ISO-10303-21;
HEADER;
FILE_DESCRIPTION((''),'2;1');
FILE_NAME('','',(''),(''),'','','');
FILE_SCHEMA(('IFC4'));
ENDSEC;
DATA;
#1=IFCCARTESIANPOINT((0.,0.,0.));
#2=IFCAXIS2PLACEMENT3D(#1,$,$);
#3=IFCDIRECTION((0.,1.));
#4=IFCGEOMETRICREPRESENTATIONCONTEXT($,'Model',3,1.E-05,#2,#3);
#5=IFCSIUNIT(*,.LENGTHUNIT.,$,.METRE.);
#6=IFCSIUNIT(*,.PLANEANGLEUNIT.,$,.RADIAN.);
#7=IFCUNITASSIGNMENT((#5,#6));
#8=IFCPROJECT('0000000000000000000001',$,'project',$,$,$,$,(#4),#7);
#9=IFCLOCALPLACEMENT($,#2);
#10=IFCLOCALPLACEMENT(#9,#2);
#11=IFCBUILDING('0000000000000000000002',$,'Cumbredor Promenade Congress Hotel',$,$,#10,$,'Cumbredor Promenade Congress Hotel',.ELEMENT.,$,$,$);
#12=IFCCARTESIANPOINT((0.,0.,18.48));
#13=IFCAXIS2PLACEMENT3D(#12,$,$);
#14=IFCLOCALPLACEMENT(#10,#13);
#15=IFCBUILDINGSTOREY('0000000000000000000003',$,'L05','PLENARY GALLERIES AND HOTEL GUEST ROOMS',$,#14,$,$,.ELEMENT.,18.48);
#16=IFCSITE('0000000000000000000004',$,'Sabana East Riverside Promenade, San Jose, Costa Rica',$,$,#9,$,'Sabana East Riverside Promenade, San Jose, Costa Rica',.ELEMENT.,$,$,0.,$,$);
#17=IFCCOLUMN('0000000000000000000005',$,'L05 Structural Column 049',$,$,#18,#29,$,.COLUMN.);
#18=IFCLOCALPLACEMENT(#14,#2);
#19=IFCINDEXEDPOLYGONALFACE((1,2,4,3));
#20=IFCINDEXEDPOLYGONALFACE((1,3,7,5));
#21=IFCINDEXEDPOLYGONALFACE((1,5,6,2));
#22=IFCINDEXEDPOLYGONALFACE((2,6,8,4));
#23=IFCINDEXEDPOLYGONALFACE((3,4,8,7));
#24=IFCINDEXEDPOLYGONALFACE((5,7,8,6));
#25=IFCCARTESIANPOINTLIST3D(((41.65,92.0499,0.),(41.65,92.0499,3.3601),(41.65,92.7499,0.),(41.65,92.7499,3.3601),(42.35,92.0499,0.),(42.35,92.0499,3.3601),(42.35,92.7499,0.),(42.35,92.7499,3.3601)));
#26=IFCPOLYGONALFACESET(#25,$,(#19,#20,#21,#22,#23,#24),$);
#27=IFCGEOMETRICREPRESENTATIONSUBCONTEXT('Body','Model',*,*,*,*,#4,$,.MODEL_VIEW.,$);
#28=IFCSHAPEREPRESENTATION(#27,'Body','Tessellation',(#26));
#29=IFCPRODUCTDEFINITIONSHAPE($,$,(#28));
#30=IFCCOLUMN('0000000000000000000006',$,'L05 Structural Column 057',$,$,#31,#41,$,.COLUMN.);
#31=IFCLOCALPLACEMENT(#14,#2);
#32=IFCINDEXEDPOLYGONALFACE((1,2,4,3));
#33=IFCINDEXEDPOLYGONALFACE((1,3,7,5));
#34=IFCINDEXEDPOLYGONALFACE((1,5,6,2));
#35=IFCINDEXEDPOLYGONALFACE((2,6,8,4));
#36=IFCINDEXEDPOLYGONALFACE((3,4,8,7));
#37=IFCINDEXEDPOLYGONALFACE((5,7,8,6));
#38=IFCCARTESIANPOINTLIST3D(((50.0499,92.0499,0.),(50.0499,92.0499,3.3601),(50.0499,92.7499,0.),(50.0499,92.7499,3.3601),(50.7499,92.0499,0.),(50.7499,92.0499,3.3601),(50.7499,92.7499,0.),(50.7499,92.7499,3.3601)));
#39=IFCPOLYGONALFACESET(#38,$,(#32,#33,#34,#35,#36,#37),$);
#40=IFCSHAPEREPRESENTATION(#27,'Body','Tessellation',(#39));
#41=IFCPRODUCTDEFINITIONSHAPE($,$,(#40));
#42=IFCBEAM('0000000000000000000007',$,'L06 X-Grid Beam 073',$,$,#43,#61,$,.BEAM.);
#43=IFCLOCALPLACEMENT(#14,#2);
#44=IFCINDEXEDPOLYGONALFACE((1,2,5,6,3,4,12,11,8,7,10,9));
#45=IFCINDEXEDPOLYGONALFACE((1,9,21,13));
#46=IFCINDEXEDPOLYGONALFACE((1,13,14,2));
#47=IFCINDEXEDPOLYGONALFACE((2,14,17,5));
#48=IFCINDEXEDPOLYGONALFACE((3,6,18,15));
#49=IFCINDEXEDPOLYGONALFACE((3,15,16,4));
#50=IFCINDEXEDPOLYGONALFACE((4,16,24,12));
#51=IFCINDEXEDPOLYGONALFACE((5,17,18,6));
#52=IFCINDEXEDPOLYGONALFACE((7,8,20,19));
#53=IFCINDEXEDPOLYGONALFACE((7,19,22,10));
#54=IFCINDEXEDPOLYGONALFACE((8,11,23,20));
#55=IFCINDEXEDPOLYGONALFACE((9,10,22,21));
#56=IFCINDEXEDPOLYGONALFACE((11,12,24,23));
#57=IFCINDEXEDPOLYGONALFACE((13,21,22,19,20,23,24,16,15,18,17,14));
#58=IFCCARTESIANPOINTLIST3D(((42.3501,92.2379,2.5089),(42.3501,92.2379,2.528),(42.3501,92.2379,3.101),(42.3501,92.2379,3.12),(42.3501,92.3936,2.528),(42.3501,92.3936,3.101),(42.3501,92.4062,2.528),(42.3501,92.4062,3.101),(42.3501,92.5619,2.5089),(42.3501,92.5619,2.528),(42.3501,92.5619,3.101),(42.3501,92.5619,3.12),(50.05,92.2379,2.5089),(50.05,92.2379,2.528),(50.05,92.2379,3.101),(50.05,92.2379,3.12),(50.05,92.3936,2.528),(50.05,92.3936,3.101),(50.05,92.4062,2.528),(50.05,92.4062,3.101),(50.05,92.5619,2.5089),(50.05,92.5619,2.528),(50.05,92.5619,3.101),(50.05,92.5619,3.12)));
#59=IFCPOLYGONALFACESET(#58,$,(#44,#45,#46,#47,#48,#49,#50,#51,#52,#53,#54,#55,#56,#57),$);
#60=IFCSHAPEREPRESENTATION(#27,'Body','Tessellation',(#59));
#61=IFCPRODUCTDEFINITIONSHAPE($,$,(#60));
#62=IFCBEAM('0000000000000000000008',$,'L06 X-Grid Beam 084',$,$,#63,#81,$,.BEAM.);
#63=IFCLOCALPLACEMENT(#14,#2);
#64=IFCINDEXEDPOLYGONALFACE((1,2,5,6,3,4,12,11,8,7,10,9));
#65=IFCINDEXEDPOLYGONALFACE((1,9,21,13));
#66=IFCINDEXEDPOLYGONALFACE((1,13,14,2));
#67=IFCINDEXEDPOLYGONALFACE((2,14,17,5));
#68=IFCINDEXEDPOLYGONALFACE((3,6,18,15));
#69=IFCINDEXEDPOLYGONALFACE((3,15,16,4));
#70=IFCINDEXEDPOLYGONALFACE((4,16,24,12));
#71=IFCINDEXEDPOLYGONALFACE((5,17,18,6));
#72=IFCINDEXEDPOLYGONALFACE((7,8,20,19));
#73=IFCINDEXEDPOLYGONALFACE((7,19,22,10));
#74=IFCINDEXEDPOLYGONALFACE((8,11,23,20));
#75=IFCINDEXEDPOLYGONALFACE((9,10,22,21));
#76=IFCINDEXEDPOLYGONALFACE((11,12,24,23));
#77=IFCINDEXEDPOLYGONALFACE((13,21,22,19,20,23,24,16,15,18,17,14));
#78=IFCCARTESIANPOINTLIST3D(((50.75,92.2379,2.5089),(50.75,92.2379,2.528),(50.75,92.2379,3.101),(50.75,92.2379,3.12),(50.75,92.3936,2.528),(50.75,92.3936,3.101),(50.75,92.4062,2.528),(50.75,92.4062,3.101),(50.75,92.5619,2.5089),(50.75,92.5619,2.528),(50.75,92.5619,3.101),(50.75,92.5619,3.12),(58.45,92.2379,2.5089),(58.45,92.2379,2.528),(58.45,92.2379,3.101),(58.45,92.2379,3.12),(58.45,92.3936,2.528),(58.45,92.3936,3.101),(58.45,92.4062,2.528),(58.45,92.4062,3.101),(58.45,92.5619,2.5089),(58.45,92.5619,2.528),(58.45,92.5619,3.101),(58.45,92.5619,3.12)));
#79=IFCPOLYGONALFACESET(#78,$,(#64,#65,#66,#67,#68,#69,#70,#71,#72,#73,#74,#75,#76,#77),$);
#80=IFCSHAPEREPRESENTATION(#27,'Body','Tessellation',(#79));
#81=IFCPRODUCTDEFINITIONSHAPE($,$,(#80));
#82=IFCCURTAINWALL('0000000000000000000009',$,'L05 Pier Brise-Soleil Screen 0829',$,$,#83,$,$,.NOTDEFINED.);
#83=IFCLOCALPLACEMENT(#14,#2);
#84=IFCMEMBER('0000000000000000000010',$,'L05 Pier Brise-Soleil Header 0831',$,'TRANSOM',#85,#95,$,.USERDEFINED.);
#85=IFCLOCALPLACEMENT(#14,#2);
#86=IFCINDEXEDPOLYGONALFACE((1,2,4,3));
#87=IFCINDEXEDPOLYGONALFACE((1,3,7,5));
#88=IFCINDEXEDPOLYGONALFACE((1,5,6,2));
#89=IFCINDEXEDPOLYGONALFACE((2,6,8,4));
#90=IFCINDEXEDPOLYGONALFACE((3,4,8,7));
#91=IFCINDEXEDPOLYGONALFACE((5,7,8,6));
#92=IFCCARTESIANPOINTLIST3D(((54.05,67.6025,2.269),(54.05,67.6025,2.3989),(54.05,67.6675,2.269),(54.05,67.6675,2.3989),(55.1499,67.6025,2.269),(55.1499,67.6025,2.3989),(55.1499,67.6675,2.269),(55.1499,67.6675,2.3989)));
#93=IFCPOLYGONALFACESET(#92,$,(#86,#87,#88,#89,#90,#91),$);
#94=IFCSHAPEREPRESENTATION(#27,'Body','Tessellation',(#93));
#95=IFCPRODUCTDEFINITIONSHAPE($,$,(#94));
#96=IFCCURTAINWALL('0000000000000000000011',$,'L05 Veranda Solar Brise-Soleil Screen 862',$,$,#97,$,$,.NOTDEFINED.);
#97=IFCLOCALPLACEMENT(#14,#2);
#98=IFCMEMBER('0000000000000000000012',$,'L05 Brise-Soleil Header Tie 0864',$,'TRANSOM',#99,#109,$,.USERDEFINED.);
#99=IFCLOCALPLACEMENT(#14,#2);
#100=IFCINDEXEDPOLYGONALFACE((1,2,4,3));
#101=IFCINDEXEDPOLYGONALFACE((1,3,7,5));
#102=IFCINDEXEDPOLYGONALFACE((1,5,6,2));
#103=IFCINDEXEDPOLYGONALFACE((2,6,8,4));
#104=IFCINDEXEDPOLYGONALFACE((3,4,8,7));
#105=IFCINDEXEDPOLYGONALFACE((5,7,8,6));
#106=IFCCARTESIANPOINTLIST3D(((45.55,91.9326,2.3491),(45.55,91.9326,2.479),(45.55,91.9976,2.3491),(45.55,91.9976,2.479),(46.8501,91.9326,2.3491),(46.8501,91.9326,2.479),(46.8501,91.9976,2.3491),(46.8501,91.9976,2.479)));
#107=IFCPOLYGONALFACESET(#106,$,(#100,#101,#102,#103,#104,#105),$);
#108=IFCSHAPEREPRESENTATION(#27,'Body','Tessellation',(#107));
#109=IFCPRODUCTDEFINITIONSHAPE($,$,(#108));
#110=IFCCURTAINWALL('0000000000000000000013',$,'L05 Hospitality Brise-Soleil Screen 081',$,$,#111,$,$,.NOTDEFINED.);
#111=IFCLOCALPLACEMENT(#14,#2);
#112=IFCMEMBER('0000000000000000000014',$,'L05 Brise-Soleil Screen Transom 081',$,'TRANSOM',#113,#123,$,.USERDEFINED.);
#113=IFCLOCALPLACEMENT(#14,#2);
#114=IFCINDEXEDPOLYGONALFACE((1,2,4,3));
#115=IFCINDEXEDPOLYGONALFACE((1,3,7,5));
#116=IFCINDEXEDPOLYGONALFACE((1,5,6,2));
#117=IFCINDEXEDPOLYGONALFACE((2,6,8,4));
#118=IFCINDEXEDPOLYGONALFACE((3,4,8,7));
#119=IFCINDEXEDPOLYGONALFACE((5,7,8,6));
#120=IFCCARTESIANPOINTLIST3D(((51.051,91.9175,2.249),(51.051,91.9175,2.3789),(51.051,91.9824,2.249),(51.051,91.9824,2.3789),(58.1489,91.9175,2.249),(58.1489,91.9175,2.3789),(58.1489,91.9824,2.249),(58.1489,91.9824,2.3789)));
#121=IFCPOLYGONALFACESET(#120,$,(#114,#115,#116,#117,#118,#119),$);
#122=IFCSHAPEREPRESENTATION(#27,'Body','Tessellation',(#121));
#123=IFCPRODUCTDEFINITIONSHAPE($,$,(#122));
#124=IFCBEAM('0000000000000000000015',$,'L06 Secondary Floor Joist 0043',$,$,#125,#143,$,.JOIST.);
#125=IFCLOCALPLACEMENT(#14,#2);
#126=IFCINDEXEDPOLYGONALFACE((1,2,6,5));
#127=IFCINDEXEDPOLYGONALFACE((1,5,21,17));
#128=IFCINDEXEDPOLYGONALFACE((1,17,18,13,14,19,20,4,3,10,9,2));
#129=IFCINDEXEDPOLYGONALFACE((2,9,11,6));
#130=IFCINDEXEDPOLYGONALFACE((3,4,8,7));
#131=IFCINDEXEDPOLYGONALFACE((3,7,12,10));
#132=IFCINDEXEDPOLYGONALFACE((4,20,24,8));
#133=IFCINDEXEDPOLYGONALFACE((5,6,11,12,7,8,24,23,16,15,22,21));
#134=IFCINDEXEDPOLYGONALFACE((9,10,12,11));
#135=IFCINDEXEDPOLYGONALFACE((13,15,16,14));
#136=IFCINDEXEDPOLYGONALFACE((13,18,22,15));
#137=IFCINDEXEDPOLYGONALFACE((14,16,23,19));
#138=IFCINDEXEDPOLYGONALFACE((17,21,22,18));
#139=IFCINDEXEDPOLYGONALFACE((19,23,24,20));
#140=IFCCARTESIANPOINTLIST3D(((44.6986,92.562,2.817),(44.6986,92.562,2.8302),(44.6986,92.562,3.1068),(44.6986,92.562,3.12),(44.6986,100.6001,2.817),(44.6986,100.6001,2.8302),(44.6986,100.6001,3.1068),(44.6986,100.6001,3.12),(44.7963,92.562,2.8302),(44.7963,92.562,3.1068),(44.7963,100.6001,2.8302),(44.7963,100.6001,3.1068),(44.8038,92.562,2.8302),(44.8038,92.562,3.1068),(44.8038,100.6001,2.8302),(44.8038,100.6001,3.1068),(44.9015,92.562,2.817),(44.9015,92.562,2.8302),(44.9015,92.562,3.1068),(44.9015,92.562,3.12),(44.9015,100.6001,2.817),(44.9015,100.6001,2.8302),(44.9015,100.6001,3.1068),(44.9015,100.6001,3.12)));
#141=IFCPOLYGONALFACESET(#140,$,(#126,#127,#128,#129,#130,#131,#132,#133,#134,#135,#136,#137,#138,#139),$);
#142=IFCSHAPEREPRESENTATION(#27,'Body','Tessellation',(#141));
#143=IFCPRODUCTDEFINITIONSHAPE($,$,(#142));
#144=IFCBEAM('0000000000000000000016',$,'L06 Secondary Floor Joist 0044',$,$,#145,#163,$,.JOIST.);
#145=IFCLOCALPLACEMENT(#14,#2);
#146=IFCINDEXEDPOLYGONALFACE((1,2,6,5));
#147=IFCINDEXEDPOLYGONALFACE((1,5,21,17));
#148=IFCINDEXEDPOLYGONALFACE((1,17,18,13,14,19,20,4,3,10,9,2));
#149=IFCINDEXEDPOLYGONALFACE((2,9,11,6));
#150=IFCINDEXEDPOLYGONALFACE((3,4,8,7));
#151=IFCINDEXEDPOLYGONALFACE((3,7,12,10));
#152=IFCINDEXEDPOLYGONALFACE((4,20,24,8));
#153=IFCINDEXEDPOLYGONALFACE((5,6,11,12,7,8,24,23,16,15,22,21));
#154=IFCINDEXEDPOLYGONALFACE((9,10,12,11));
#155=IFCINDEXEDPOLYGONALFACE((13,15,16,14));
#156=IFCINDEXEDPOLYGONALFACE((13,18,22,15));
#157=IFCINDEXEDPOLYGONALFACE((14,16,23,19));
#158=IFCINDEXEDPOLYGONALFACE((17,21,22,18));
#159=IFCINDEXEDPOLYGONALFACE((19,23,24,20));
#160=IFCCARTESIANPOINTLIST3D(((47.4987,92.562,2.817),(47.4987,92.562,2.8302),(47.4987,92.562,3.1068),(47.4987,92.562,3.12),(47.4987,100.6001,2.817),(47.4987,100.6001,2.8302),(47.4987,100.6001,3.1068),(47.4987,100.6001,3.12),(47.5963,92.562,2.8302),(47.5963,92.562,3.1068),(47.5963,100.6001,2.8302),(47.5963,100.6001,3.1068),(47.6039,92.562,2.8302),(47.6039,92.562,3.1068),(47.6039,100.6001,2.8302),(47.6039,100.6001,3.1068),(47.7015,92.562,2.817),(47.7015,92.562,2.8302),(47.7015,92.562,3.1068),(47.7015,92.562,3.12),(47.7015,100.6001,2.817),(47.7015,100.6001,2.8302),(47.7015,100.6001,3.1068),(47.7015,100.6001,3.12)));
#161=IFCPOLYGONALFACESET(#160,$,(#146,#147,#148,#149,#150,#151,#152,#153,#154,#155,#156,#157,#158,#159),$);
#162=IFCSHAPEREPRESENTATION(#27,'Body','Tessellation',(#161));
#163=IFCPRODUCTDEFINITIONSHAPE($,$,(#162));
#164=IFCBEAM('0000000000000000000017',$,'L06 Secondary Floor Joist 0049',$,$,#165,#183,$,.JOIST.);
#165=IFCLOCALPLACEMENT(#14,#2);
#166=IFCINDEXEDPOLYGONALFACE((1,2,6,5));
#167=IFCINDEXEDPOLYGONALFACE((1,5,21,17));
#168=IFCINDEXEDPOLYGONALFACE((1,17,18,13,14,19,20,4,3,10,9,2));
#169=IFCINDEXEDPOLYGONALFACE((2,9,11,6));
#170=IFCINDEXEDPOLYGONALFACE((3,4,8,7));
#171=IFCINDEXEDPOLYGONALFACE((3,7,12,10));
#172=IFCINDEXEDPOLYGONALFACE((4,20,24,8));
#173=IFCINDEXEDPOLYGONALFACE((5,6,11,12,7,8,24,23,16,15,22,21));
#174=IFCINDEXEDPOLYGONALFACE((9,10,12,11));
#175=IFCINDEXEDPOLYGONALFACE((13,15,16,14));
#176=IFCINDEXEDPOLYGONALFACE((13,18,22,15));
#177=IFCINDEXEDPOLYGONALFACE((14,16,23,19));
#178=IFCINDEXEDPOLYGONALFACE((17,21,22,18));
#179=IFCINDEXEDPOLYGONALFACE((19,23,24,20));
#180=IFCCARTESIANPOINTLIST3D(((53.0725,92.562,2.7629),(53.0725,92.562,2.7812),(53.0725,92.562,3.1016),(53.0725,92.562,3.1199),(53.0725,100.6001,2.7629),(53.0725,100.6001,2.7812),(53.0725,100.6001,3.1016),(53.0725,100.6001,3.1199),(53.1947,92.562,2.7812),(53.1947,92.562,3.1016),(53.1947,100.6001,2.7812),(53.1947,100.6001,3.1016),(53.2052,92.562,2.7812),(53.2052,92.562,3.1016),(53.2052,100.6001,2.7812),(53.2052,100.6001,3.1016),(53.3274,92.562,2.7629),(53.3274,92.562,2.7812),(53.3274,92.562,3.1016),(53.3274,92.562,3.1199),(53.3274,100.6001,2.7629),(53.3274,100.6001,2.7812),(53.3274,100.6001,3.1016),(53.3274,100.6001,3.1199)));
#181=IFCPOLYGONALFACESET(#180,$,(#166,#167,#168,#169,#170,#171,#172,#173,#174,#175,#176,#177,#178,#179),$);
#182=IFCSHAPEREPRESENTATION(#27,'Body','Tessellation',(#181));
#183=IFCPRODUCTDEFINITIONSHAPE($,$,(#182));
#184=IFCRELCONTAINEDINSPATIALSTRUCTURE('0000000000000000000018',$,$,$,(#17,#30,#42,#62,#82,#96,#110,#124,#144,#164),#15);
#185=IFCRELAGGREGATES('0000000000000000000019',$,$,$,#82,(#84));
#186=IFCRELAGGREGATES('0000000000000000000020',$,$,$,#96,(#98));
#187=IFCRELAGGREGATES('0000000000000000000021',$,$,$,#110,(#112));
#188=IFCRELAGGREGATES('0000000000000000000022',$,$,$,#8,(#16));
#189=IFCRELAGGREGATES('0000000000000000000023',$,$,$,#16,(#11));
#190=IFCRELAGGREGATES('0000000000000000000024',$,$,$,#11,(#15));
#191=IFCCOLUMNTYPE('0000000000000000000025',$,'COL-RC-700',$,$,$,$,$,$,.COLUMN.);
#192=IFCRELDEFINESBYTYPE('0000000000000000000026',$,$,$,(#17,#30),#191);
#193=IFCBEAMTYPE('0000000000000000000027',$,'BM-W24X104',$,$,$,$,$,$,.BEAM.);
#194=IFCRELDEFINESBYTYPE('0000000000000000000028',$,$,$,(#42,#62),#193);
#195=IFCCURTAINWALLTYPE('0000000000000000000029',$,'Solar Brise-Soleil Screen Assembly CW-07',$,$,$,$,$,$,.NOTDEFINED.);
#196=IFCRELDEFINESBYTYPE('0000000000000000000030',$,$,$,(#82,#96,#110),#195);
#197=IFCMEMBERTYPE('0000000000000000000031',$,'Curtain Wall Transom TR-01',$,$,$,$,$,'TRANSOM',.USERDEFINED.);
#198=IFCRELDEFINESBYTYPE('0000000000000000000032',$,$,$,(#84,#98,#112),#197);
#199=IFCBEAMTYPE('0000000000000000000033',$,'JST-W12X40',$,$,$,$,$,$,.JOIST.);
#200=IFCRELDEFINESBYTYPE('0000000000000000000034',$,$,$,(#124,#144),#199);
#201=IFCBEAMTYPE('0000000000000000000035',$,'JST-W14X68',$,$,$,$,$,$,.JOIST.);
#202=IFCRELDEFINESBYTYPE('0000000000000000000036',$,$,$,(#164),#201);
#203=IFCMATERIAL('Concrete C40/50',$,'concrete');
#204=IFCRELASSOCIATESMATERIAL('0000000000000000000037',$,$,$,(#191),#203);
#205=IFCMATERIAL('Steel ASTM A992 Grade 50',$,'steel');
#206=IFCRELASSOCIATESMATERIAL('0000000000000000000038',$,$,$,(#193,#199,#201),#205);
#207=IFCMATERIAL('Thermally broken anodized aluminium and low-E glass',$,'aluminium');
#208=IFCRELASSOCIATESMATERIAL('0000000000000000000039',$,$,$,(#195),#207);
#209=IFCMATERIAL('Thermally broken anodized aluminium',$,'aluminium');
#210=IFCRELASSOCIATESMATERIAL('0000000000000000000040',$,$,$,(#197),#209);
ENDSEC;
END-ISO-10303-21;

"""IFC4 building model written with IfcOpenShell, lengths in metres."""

from ifc_helpers import new_model, si_unit, direction, frame, origin, origin_2d, place, context, subcontext, project, spatial, rectangle, i_section, extrude, material, material_profile, profile_set, type_object, element, aggregate, save


model = new_model("IFC4")

# Units and contexts
model_context = context("Model", 3, precision=1e-05, world=origin(), true_north=direction((0.0, 1.0)))
body_context = subcontext(model_context, "Body", "Model", "MODEL_VIEW")
ifc_project = project(units=[si_unit("LENGTHUNIT", "METRE"), si_unit("PLANEANGLEUNIT", "RADIAN")], contexts=[model_context])

# Site, building, storey
site_placement = place(None, origin())
site = spatial("IfcSite", under=ifc_project, at=site_placement, Name="Sabana East Riverside Promenade, San Jose, Costa Rica", LongName="Sabana East Riverside Promenade, San Jose, Costa Rica", CompositionType="ELEMENT", RefElevation=0.0)
building_placement = place(site_placement, origin())
building = spatial("IfcBuilding", under=site, at=building_placement, Name="Cumbredor Promenade Congress Hotel", LongName="Cumbredor Promenade Congress Hotel", CompositionType="ELEMENT")
storey_placement = place(building_placement, frame((0.0, 0.0, 18.48)))
storey = spatial("IfcBuildingStorey", under=building, at=storey_placement, Name="L05", Description="PLENARY GALLERIES AND HOTEL GUEST ROOMS", CompositionType="ELEMENT", Elevation=18.48)

# Columns
ifc_material_1 = material(Name="Concrete C40/50", Category="concrete")
ifc_material_profile_1 = material_profile(ifc_material_1, rectangle(XDim=0.7, YDim=0.7, at=origin_2d()), Name="RC 700x700")
ifc_profile_set_1 = profile_set([ifc_material_profile_1], Name="Concrete C40/50")
column_type = type_object("IfcColumnType", Name="COL-RC-700", PredefinedType="COLUMN", material=ifc_profile_set_1)
for number, where, z_axis, x_axis, name in (
    (1, (42.0, 92.3999, 0.0), (0.0, 0.0, 1.0), (1.0, 0.0, 0.0), "L05 Structural Column 049"),
    (2, (50.3999, 92.3999, 0.0), (0.0, 0.0, 1.0), (1.0, 0.0, 0.0), "L05 Structural Column 057"),
):
    element("IfcColumn", number, at=place(storey_placement, frame(where, z_axis=z_axis, x_axis=x_axis)), inside=storey, type_object=column_type, Name=name, PredefinedType="COLUMN", context=body_context, shape_type="SweptSolid", body=[
        extrude(rectangle(XDim=0.7, YDim=0.7, at=origin_2d()), origin(), (0.0, 0.0, 1.0), 3.3601),
    ])

# Beams
ifc_material_2 = material(Name="Steel ASTM A992 Grade 50", Category="steel")
ifc_material_profile_2 = material_profile(ifc_material_2, i_section(OverallWidth=0.324, OverallDepth=0.6111, WebThickness=0.0127, FlangeThickness=0.019, at=origin_2d()), Name="W24X104")
ifc_profile_set_2 = profile_set([ifc_material_profile_2], Name="Steel ASTM A992 Grade 50")
beam_type_1 = type_object("IfcBeamType", Name="BM-W24X104", PredefinedType="BEAM", material=ifc_profile_set_2)
for number, where, z_axis, x_axis, name in (
    (3, (42.3501, 92.3999, 2.8145), (1.0, 0.0, 0.0), (0.0, 1.0, 0.0), "L06 X-Grid Beam 073"),
    (4, (50.75, 92.3999, 2.8145), (1.0, 0.0, 0.0), (0.0, 1.0, 0.0), "L06 X-Grid Beam 084"),
):
    element("IfcBeam", number, at=place(storey_placement, frame(where, z_axis=z_axis, x_axis=x_axis)), inside=storey, type_object=beam_type_1, Name=name, PredefinedType="BEAM", context=body_context, shape_type="SweptSolid", body=[
        extrude(i_section(OverallWidth=0.324, OverallDepth=0.6111, WebThickness=0.0127, FlangeThickness=0.019, at=origin_2d()), origin(), (0.0, 0.0, 1.0), 7.7),
    ])

# Curtain walls, members
ifc_material_3 = material(Name="Thermally broken anodized aluminium and low-E glass", Category="aluminium")
curtain_wall_type = type_object("IfcCurtainWallType", Name="Solar Brise-Soleil Screen Assembly CW-07", PredefinedType="NOTDEFINED", material=ifc_material_3)
curtain_wall_1_placement = place(storey_placement, origin())
curtain_wall_1 = element("IfcCurtainWall", 5, at=curtain_wall_1_placement, inside=storey, type_object=curtain_wall_type, Name="L05 Pier Brise-Soleil Screen 0829", PredefinedType="NOTDEFINED")
ifc_material_4 = material(Name="Thermally broken anodized aluminium", Category="aluminium")
ifc_material_profile_3 = material_profile(ifc_material_4, rectangle(XDim=0.0649, YDim=0.1299, at=origin_2d()), Name="ALU TRANSOM 65x130")
ifc_profile_set_3 = profile_set([ifc_material_profile_3], Name="Thermally broken anodized aluminium")
member_type_1 = type_object("IfcMemberType", Name="Curtain Wall Transom TR-01", ElementType="TRANSOM", PredefinedType="USERDEFINED", material=ifc_profile_set_3)
member_1_placement = place(storey_placement, frame((54.05, 67.635, 2.334), z_axis=(1.0, 0.0, 0.0), x_axis=(0.0, 1.0, 0.0)))
member_1 = element("IfcMember", 6, at=member_1_placement, type_object=member_type_1, Name="L05 Pier Brise-Soleil Header 0831", ObjectType="TRANSOM", PredefinedType="USERDEFINED", context=body_context, shape_type="SweptSolid", body=[
    extrude(rectangle(XDim=0.0649, YDim=0.1299, at=origin_2d()), origin(), (0.0, 0.0, 1.0), 1.0999),
])
curtain_wall_2_placement = place(storey_placement, origin())
curtain_wall_2 = element("IfcCurtainWall", 7, at=curtain_wall_2_placement, inside=storey, type_object=curtain_wall_type, Name="L05 Veranda Solar Brise-Soleil Screen 862", PredefinedType="NOTDEFINED")
member_2_placement = place(storey_placement, frame((45.55, 91.9651, 2.4141), z_axis=(1.0, 0.0, 0.0), x_axis=(0.0, 1.0, 0.0)))
member_2 = element("IfcMember", 8, at=member_2_placement, type_object=member_type_1, Name="L05 Brise-Soleil Header Tie 0864", ObjectType="TRANSOM", PredefinedType="USERDEFINED", context=body_context, shape_type="SweptSolid", body=[
    extrude(rectangle(XDim=0.0649, YDim=0.1299, at=origin_2d()), origin(), (0.0, 0.0, 1.0), 1.3),
])
curtain_wall_3_placement = place(storey_placement, origin())
curtain_wall_3 = element("IfcCurtainWall", 9, at=curtain_wall_3_placement, inside=storey, type_object=curtain_wall_type, Name="L05 Hospitality Brise-Soleil Screen 081", PredefinedType="NOTDEFINED")
member_3_placement = place(storey_placement, frame((51.051, 91.95, 2.314), z_axis=(1.0, 0.0, 0.0), x_axis=(0.0, 1.0, 0.0)))
member_3 = element("IfcMember", 10, at=member_3_placement, type_object=member_type_1, Name="L05 Brise-Soleil Screen Transom 081", ObjectType="TRANSOM", PredefinedType="USERDEFINED", context=body_context, shape_type="SweptSolid", body=[
    extrude(rectangle(XDim=0.0649, YDim=0.1299, at=origin_2d()), origin(), (0.0, 0.0, 1.0), 7.0979),
])

# Beams
ifc_material_profile_4 = material_profile(ifc_material_2, i_section(OverallWidth=0.2029, OverallDepth=0.303, WebThickness=0.0076, FlangeThickness=0.0132, at=origin_2d()), Name="W12X40")
ifc_profile_set_4 = profile_set([ifc_material_profile_4], Name="Steel ASTM A992 Grade 50")
beam_type_2 = type_object("IfcBeamType", Name="JST-W12X40", PredefinedType="JOIST", material=ifc_profile_set_4)
for number, where, z_axis, x_axis, name in (
    (11, (44.8, 92.562, 2.9685), (0.0, 1.0, 0.0), (-1.0, 0.0, 0.0), "L06 Secondary Floor Joist 0043"),
    (12, (47.6001, 92.562, 2.9685), (0.0, 1.0, 0.0), (-1.0, 0.0, 0.0), "L06 Secondary Floor Joist 0044"),
):
    element("IfcBeam", number, at=place(storey_placement, frame(where, z_axis=z_axis, x_axis=x_axis)), inside=storey, type_object=beam_type_2, Name=name, PredefinedType="JOIST", context=body_context, shape_type="SweptSolid", body=[
        extrude(i_section(OverallWidth=0.2029, OverallDepth=0.303, WebThickness=0.0076, FlangeThickness=0.0132, at=origin_2d()), origin(), (0.0, 0.0, 1.0), 8.0381),
    ])
ifc_material_profile_5 = material_profile(ifc_material_2, i_section(OverallWidth=0.2549, OverallDepth=0.3569, WebThickness=0.0105, FlangeThickness=0.0183, at=origin_2d()), Name="W14X68")
ifc_profile_set_5 = profile_set([ifc_material_profile_5], Name="Steel ASTM A992 Grade 50")
beam_type_3 = type_object("IfcBeamType", Name="JST-W14X68", PredefinedType="JOIST", material=ifc_profile_set_5)
beam_1_placement = place(storey_placement, frame((53.2, 92.562, 2.9414), z_axis=(0.0, 1.0, 0.0), x_axis=(-1.0, 0.0, 0.0)))
element("IfcBeam", 13, at=beam_1_placement, inside=storey, type_object=beam_type_3, Name="L06 Secondary Floor Joist 0049", PredefinedType="JOIST", context=body_context, shape_type="SweptSolid", body=[
    extrude(i_section(OverallWidth=0.2549, OverallDepth=0.3569, WebThickness=0.0105, FlangeThickness=0.0183, at=origin_2d()), origin(), (0.0, 0.0, 1.0), 8.0381),
])

aggregate(curtain_wall_1, [member_1])
aggregate(curtain_wall_2, [member_2])
aggregate(curtain_wall_3, [member_3])

save(model, "model.ifc")
